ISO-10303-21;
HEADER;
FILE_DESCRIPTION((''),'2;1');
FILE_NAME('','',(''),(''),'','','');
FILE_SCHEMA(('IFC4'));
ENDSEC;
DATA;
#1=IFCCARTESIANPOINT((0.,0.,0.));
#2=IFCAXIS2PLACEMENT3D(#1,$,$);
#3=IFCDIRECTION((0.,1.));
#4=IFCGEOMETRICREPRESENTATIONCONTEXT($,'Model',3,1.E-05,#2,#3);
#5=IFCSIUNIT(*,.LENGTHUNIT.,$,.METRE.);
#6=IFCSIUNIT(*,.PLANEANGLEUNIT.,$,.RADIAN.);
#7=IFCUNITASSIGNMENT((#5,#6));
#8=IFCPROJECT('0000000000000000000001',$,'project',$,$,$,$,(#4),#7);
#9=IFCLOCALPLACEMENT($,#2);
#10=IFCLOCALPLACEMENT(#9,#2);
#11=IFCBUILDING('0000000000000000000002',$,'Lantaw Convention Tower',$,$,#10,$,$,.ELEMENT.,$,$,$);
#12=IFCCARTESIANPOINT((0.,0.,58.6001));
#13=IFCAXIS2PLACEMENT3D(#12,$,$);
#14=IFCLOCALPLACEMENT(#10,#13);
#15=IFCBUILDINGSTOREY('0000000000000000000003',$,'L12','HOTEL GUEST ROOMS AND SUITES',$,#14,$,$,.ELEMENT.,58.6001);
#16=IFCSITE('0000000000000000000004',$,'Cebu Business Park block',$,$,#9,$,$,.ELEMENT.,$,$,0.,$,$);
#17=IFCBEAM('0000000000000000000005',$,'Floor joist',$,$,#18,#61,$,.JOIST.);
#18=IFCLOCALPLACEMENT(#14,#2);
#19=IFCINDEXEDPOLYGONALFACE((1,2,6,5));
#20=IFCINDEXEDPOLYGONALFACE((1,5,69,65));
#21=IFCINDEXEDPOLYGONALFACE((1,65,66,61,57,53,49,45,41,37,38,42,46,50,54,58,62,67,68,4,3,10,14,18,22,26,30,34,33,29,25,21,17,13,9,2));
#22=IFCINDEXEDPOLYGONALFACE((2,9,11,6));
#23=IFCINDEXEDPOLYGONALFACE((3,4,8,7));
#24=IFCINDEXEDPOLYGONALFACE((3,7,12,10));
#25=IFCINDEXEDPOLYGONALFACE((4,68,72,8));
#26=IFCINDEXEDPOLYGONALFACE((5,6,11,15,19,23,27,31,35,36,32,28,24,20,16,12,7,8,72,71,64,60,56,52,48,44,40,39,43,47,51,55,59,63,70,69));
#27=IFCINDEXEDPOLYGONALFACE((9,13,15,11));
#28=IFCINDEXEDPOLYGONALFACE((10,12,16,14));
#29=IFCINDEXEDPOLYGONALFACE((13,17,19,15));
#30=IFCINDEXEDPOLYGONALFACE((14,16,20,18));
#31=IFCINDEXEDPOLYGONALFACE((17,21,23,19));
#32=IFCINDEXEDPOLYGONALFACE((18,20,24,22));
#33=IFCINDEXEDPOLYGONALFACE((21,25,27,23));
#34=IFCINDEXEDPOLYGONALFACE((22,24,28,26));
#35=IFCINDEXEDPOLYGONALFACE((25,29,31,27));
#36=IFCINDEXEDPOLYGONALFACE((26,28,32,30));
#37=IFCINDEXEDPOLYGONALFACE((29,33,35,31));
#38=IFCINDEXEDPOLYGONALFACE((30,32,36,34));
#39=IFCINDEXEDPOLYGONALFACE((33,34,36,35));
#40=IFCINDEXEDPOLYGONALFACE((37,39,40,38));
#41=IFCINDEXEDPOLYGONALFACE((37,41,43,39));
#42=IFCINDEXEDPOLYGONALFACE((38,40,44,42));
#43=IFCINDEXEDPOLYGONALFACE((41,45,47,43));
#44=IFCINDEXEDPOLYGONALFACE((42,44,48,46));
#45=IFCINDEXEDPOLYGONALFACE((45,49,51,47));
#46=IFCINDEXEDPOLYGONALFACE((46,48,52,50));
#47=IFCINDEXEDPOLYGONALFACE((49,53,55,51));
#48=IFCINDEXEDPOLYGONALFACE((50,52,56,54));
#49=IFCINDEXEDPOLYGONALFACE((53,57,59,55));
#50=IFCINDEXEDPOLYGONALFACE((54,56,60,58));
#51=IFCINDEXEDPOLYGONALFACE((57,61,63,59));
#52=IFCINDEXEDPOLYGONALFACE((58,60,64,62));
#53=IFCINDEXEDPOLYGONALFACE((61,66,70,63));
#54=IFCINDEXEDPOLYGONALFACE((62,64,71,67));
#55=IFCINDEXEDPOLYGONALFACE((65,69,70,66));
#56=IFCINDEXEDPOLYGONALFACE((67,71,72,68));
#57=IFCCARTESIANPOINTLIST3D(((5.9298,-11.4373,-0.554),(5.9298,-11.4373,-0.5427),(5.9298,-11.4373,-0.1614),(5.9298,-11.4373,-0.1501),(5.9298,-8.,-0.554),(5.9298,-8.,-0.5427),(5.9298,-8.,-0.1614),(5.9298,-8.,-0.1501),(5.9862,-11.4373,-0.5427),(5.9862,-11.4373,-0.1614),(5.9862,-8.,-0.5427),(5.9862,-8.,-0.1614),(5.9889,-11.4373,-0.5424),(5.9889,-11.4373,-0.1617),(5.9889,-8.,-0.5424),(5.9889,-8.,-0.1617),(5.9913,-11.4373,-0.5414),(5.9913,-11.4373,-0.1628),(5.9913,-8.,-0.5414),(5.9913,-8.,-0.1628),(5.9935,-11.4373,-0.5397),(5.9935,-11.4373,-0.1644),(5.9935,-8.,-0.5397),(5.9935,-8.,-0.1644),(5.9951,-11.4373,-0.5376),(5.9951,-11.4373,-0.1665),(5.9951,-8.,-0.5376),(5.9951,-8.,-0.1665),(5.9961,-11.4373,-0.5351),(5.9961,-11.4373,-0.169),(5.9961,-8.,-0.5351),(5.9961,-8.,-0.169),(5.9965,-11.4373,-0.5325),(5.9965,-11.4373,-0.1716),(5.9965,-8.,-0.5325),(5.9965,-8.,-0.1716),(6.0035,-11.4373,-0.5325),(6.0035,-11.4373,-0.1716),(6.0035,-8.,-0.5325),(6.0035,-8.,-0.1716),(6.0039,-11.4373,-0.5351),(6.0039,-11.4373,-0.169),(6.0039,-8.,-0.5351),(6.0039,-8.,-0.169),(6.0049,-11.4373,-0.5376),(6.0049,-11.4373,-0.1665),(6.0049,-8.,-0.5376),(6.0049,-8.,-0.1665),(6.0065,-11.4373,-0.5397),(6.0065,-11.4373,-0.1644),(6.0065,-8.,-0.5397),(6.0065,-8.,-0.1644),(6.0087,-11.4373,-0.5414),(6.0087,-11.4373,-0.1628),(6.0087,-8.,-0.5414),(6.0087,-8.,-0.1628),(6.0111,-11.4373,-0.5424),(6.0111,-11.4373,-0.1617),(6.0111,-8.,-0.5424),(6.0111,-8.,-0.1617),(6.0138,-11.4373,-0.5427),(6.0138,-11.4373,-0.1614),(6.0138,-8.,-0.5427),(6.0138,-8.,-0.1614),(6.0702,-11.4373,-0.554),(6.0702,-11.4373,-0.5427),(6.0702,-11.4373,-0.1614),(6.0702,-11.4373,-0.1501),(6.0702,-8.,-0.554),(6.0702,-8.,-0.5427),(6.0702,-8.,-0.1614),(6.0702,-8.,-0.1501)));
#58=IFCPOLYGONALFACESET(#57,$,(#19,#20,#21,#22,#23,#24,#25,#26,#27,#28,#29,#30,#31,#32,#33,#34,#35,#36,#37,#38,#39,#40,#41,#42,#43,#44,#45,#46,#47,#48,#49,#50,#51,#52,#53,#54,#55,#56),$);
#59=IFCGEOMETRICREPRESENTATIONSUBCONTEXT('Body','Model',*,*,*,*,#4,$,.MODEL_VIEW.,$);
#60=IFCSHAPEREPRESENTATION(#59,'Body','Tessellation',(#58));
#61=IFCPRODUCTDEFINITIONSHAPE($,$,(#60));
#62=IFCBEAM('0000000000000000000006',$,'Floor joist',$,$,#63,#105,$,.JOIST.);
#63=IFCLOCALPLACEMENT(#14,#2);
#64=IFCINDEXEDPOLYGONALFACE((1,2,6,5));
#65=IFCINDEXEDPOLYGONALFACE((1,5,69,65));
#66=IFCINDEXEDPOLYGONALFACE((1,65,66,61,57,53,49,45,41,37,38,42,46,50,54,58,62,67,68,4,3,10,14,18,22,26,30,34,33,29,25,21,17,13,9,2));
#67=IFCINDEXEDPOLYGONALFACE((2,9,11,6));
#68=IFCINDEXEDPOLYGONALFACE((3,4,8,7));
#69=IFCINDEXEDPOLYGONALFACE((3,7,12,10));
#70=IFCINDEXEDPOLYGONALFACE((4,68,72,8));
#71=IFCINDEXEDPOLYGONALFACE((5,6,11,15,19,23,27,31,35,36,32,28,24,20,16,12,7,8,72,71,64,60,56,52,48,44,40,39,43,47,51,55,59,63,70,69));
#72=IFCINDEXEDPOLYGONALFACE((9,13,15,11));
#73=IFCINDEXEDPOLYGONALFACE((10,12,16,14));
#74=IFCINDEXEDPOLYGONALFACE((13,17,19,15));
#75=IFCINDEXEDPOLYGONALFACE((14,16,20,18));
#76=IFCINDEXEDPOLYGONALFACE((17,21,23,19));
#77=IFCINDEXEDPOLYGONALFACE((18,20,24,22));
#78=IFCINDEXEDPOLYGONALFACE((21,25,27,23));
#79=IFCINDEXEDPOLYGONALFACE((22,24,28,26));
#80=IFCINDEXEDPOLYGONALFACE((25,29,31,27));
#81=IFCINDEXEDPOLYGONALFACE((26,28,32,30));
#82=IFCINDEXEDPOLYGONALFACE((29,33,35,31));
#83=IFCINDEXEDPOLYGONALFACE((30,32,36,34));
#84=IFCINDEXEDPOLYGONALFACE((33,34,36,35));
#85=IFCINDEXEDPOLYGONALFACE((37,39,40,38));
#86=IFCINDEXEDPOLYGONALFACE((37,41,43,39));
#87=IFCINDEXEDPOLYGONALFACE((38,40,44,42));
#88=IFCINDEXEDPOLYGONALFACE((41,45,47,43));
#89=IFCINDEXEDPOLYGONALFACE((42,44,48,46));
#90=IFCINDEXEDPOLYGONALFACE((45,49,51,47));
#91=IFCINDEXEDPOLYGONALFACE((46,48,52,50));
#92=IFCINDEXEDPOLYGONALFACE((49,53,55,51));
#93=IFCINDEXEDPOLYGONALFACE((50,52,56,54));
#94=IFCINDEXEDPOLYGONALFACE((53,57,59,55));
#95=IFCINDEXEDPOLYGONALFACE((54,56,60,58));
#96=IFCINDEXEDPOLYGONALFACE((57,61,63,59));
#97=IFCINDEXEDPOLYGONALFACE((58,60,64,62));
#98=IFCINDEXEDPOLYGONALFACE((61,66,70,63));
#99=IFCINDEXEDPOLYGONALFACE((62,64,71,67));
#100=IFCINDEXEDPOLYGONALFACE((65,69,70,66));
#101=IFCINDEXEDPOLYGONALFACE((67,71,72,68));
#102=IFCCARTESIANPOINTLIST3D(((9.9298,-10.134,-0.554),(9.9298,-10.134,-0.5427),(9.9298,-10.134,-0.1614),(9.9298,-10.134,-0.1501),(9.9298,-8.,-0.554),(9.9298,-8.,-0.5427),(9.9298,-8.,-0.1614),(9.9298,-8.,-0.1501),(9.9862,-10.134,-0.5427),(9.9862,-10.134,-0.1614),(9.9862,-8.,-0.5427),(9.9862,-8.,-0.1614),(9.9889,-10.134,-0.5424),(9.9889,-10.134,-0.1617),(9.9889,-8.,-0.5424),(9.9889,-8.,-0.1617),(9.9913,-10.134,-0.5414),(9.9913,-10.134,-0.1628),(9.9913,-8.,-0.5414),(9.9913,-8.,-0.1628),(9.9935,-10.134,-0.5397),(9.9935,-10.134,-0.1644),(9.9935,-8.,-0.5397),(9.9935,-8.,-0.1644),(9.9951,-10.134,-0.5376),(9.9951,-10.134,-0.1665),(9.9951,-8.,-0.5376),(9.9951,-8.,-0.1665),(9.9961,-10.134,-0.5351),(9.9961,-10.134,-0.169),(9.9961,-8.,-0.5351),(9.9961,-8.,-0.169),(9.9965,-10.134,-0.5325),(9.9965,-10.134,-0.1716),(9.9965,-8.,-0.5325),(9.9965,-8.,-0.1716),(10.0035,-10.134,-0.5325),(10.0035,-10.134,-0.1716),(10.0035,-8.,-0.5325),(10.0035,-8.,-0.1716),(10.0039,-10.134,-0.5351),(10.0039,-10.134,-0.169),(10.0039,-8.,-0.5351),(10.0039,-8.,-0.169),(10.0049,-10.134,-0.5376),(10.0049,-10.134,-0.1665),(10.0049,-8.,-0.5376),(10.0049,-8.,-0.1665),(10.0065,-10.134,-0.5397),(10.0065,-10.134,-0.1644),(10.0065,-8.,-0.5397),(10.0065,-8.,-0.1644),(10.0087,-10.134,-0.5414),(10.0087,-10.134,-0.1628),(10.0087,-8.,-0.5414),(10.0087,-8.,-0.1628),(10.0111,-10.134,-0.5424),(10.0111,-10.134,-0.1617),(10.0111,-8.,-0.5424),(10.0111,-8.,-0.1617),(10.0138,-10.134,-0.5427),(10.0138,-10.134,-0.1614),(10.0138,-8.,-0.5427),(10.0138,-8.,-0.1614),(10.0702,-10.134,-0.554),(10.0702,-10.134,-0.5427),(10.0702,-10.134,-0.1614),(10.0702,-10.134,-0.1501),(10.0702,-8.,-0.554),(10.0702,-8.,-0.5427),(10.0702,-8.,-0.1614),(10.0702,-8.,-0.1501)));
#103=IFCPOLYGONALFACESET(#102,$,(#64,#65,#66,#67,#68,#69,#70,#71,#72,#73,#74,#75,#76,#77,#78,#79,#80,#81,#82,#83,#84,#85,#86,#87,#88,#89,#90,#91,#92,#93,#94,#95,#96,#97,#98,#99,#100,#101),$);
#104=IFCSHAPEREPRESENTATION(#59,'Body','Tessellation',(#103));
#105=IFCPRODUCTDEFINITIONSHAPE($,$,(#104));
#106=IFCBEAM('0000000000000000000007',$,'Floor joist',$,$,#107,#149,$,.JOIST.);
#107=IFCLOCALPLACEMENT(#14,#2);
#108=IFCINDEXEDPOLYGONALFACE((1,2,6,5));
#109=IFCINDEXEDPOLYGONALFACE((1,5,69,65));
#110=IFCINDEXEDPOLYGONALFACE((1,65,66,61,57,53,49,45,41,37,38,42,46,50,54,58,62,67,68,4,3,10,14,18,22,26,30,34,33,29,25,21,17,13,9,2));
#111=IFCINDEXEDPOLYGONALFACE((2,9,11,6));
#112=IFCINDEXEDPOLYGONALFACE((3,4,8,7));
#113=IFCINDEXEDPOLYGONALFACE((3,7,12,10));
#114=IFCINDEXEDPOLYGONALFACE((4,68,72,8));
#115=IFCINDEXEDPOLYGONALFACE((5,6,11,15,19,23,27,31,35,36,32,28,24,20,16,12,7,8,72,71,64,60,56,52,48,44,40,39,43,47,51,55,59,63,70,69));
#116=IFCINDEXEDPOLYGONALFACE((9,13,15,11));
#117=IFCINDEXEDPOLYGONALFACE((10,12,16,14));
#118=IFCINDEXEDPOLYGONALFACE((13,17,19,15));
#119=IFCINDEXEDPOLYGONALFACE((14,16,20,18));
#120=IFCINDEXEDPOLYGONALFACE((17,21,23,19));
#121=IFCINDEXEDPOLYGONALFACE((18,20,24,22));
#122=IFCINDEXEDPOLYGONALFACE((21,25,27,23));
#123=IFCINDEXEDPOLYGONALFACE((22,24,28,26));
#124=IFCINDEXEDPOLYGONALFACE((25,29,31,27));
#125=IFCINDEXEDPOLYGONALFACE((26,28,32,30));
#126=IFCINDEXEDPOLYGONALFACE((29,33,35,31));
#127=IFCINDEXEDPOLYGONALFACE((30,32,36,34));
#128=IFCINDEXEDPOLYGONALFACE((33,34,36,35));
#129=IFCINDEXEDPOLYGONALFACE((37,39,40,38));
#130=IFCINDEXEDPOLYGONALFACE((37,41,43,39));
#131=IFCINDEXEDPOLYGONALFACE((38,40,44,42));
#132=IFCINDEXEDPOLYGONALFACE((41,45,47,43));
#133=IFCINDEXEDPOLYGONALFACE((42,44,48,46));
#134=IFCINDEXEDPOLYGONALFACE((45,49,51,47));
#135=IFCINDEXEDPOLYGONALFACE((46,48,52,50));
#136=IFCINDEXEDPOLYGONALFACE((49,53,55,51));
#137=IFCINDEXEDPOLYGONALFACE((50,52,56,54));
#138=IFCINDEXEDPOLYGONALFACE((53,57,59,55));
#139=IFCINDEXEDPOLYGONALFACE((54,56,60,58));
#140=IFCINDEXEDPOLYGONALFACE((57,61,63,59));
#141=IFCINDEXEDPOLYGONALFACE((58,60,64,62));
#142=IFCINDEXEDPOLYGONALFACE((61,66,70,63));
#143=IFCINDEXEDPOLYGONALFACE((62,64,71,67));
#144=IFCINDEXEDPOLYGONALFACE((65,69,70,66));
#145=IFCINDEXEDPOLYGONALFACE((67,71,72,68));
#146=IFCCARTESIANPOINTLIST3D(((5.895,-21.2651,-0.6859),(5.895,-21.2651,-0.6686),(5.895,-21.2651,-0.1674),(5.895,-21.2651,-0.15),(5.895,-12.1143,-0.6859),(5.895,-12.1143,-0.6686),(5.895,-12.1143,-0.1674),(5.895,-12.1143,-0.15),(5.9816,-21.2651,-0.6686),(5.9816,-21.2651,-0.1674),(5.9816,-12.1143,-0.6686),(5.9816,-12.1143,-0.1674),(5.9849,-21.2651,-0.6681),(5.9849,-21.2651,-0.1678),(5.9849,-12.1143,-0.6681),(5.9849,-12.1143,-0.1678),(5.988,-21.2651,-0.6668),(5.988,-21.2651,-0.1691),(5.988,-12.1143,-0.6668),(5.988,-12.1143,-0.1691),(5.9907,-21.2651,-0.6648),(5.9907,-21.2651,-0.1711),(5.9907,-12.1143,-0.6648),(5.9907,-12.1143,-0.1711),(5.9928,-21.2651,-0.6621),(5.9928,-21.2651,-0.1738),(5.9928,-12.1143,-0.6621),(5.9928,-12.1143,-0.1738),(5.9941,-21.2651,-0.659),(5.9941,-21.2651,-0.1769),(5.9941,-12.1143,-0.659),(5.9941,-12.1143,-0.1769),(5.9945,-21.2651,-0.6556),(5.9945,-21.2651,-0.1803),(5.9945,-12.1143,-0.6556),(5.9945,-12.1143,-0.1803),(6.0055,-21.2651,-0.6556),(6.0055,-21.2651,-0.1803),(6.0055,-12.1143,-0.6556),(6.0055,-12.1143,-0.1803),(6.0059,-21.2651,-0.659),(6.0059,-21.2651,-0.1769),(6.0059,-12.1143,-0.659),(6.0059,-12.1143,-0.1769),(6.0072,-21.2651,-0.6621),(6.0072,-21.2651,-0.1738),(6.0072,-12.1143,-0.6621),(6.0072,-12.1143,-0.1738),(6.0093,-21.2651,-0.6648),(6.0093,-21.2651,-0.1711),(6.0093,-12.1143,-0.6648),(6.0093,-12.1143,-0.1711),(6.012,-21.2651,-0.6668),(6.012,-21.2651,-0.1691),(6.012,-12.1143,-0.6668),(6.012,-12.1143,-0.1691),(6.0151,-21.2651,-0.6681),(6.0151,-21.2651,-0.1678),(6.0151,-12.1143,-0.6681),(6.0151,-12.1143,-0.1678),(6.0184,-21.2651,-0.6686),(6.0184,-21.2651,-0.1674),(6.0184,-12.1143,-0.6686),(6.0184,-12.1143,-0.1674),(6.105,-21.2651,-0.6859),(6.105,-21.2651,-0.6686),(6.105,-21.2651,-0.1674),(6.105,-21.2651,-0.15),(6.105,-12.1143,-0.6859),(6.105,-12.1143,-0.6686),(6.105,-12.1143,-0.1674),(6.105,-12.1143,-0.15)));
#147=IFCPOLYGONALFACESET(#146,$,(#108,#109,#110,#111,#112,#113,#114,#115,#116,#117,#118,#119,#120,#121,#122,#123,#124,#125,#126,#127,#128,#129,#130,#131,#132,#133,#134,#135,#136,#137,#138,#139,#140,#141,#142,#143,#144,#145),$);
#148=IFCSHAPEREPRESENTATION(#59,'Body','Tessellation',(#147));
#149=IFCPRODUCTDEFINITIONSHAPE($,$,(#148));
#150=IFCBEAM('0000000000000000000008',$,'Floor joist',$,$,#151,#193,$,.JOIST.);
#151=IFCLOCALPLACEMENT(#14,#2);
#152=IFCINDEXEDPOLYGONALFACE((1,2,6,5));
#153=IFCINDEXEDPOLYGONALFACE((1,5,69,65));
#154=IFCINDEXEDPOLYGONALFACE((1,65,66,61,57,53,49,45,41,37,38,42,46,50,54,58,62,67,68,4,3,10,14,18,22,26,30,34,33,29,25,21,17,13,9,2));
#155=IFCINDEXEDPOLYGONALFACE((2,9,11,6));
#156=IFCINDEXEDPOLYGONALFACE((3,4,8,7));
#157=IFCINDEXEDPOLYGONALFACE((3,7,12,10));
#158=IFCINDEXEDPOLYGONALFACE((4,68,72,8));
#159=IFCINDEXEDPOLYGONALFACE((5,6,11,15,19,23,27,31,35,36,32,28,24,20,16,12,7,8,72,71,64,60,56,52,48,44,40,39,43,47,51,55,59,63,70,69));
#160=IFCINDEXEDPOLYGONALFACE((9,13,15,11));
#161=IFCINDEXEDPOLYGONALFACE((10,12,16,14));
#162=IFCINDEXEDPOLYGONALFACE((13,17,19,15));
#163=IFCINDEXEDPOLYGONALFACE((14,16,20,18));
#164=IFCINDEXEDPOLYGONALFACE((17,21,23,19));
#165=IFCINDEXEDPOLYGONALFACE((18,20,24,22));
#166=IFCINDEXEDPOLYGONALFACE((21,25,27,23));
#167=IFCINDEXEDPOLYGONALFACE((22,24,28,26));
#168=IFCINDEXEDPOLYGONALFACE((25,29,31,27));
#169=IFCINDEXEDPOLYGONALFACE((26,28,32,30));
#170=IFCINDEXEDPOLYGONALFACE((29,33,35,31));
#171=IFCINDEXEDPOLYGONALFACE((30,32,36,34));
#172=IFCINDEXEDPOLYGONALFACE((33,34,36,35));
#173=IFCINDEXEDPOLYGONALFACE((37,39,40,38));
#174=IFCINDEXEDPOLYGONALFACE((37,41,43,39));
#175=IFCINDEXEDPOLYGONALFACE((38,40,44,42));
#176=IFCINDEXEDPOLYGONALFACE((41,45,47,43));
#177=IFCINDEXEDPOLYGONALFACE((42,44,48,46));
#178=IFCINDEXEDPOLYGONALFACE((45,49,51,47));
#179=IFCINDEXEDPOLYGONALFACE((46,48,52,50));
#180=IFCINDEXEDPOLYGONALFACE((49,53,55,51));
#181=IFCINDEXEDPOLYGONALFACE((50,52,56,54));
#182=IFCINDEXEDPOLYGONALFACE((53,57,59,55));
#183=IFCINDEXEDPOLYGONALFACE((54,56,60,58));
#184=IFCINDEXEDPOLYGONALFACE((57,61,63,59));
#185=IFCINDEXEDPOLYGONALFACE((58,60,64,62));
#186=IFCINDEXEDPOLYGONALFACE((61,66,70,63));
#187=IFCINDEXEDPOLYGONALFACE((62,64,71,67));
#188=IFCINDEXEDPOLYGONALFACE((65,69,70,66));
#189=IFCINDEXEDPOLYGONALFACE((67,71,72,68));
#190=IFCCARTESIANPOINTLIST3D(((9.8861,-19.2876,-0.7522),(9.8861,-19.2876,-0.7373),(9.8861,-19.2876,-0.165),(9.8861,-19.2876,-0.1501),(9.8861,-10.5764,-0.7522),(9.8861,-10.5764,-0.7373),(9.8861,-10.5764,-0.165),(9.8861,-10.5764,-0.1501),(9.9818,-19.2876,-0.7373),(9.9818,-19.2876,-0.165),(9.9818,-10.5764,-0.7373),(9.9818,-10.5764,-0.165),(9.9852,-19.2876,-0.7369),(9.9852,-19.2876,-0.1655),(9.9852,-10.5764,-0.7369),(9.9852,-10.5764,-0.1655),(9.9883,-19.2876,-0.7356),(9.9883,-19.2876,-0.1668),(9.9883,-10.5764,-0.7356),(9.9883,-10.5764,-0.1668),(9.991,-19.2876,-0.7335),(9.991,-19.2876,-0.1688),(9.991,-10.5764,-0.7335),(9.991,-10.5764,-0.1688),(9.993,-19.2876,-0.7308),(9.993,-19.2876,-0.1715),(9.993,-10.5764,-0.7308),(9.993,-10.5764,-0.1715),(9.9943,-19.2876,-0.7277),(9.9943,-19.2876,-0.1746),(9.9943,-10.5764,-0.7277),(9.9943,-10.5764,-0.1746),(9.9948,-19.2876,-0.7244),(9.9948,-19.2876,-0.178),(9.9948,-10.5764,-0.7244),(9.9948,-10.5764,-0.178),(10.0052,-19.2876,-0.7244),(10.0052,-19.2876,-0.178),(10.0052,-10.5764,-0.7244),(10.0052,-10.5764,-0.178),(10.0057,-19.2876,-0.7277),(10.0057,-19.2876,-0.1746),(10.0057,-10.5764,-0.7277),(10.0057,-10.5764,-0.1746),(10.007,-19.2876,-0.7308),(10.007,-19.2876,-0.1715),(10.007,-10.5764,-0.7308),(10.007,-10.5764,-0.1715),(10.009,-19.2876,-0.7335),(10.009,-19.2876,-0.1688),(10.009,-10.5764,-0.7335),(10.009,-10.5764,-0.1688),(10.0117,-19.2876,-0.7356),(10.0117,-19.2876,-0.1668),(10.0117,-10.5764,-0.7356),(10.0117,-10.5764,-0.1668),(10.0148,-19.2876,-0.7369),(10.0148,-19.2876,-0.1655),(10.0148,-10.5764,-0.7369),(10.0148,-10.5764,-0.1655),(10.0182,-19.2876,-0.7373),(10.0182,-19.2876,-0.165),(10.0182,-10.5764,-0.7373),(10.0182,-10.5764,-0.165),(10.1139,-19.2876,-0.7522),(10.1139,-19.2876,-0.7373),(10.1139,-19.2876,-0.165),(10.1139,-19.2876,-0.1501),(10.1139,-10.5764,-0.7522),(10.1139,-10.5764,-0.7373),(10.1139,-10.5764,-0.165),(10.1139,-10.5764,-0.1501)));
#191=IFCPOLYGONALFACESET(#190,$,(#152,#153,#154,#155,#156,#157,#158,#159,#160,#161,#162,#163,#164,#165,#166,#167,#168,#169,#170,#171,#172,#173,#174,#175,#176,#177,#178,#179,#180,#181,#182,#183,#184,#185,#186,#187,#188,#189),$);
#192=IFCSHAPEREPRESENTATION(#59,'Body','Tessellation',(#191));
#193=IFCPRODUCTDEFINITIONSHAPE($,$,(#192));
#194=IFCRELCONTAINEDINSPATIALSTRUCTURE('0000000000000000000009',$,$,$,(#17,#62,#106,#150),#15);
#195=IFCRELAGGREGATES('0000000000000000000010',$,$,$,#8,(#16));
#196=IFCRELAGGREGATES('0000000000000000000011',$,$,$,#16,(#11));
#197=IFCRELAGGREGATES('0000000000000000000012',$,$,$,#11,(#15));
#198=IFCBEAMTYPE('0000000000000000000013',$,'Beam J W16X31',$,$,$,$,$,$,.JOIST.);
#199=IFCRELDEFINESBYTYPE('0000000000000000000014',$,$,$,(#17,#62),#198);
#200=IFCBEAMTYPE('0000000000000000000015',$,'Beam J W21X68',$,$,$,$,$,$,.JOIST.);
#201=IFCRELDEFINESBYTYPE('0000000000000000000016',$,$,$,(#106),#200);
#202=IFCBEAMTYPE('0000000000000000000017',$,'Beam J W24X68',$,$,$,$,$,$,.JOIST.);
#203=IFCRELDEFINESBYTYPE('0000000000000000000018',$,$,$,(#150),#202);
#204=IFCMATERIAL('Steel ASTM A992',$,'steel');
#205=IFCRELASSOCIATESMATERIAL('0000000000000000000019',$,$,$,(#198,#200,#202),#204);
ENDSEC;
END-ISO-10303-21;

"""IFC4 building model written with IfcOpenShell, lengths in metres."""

from ifc_helpers import new_model, si_unit, direction, frame, origin, origin_2d, place, context, subcontext, project, spatial, i_section, extrude, material, material_profile, profile_set, type_object, element, save


model = new_model("IFC4")

# Units and contexts
model_context = context("Model", 3, precision=1e-05, world=origin(), true_north=direction((0.0, 1.0)))
body_context = subcontext(model_context, "Body", "Model", "MODEL_VIEW")
ifc_project = project(units=[si_unit("LENGTHUNIT", "METRE"), si_unit("PLANEANGLEUNIT", "RADIAN")], contexts=[model_context])

# Site, building, storey
site_placement = place(None, origin())
site = spatial("IfcSite", under=ifc_project, at=site_placement, Name="Cebu Business Park block", CompositionType="ELEMENT", RefElevation=0.0)
building_placement = place(site_placement, origin())
building = spatial("IfcBuilding", under=site, at=building_placement, Name="Lantaw Convention Tower", CompositionType="ELEMENT")
storey_placement = place(building_placement, frame((0.0, 0.0, 58.6001)))
storey = spatial("IfcBuildingStorey", under=building, at=storey_placement, Name="L12", Description="HOTEL GUEST ROOMS AND SUITES", CompositionType="ELEMENT", Elevation=58.6001)

# Beams
ifc_material_1 = material(Name="Steel ASTM A992", Category="steel")
ifc_material_profile_1 = material_profile(ifc_material_1, i_section(OverallWidth=0.1404, OverallDepth=0.4038, WebThickness=0.0071, FlangeThickness=0.0112, FilletRadius=0.0103, at=origin_2d()), Name="W16X31")
ifc_profile_set_1 = profile_set([ifc_material_profile_1], Name="Steel ASTM A992")
beam_type_1 = type_object("IfcBeamType", Name="Beam J W16X31", PredefinedType="JOIST", material=ifc_profile_set_1)
beam_1_placement = place(storey_placement, frame((6.0, -11.4373, -0.3521), z_axis=(0.0, 1.0, 0.0), x_axis=(-1.0, 0.0, 0.0)))
element("IfcBeam", 1, at=beam_1_placement, inside=storey, type_object=beam_type_1, Name="Floor joist", PredefinedType="JOIST", context=body_context, shape_type="SweptSolid", body=[
    extrude(i_section(OverallWidth=0.1404, OverallDepth=0.4038, WebThickness=0.0071, FlangeThickness=0.0112, FilletRadius=0.0103, at=origin_2d()), origin(), (0.0, 0.0, 1.0), 3.4373),
])
beam_2_placement = place(storey_placement, frame((10.0, -10.134, -0.3521), z_axis=(0.0, 1.0, 0.0), x_axis=(-1.0, 0.0, 0.0)))
element("IfcBeam", 2, at=beam_2_placement, inside=storey, type_object=beam_type_1, Name="Floor joist", PredefinedType="JOIST", context=body_context, shape_type="SweptSolid", body=[
    extrude(i_section(OverallWidth=0.1404, OverallDepth=0.4038, WebThickness=0.0071, FlangeThickness=0.0112, FilletRadius=0.0103, at=origin_2d()), origin(), (0.0, 0.0, 1.0), 2.134),
])
ifc_material_profile_2 = material_profile(ifc_material_1, i_section(OverallWidth=0.21, OverallDepth=0.5359, WebThickness=0.011, FlangeThickness=0.0173, FilletRadius=0.0129, at=origin_2d()), Name="W21X68")
ifc_profile_set_2 = profile_set([ifc_material_profile_2], Name="Steel ASTM A992")
beam_type_2 = type_object("IfcBeamType", Name="Beam J W21X68", PredefinedType="JOIST", material=ifc_profile_set_2)
beam_3_placement = place(storey_placement, frame((6.0, -21.2651, -0.418), z_axis=(0.0, 1.0, 0.0), x_axis=(-1.0, 0.0, 0.0)))
element("IfcBeam", 3, at=beam_3_placement, inside=storey, type_object=beam_type_2, Name="Floor joist", PredefinedType="JOIST", context=body_context, shape_type="SweptSolid", body=[
    extrude(i_section(OverallWidth=0.21, OverallDepth=0.5359, WebThickness=0.011, FlangeThickness=0.0173, FilletRadius=0.0129, at=origin_2d()), origin(), (0.0, 0.0, 1.0), 9.1509),
])
ifc_material_profile_3 = material_profile(ifc_material_1, i_section(OverallWidth=0.2278, OverallDepth=0.6021, WebThickness=0.0105, FlangeThickness=0.0149, FilletRadius=0.0129, at=origin_2d()), Name="W24X68")
ifc_profile_set_3 = profile_set([ifc_material_profile_3], Name="Steel ASTM A992")
beam_type_3 = type_object("IfcBeamType", Name="Beam J W24X68", PredefinedType="JOIST", material=ifc_profile_set_3)
beam_4_placement = place(storey_placement, frame((10.0, -19.2876, -0.4512), z_axis=(0.0, 1.0, 0.0), x_axis=(-1.0, 0.0, 0.0)))
element("IfcBeam", 4, at=beam_4_placement, inside=storey, type_object=beam_type_3, Name="Floor joist", PredefinedType="JOIST", context=body_context, shape_type="SweptSolid", body=[
    extrude(i_section(OverallWidth=0.2278, OverallDepth=0.6021, WebThickness=0.0105, FlangeThickness=0.0149, FilletRadius=0.0129, at=origin_2d()), origin(), (0.0, 0.0, 1.0), 8.7112),
])

save(model, "model.ifc")
